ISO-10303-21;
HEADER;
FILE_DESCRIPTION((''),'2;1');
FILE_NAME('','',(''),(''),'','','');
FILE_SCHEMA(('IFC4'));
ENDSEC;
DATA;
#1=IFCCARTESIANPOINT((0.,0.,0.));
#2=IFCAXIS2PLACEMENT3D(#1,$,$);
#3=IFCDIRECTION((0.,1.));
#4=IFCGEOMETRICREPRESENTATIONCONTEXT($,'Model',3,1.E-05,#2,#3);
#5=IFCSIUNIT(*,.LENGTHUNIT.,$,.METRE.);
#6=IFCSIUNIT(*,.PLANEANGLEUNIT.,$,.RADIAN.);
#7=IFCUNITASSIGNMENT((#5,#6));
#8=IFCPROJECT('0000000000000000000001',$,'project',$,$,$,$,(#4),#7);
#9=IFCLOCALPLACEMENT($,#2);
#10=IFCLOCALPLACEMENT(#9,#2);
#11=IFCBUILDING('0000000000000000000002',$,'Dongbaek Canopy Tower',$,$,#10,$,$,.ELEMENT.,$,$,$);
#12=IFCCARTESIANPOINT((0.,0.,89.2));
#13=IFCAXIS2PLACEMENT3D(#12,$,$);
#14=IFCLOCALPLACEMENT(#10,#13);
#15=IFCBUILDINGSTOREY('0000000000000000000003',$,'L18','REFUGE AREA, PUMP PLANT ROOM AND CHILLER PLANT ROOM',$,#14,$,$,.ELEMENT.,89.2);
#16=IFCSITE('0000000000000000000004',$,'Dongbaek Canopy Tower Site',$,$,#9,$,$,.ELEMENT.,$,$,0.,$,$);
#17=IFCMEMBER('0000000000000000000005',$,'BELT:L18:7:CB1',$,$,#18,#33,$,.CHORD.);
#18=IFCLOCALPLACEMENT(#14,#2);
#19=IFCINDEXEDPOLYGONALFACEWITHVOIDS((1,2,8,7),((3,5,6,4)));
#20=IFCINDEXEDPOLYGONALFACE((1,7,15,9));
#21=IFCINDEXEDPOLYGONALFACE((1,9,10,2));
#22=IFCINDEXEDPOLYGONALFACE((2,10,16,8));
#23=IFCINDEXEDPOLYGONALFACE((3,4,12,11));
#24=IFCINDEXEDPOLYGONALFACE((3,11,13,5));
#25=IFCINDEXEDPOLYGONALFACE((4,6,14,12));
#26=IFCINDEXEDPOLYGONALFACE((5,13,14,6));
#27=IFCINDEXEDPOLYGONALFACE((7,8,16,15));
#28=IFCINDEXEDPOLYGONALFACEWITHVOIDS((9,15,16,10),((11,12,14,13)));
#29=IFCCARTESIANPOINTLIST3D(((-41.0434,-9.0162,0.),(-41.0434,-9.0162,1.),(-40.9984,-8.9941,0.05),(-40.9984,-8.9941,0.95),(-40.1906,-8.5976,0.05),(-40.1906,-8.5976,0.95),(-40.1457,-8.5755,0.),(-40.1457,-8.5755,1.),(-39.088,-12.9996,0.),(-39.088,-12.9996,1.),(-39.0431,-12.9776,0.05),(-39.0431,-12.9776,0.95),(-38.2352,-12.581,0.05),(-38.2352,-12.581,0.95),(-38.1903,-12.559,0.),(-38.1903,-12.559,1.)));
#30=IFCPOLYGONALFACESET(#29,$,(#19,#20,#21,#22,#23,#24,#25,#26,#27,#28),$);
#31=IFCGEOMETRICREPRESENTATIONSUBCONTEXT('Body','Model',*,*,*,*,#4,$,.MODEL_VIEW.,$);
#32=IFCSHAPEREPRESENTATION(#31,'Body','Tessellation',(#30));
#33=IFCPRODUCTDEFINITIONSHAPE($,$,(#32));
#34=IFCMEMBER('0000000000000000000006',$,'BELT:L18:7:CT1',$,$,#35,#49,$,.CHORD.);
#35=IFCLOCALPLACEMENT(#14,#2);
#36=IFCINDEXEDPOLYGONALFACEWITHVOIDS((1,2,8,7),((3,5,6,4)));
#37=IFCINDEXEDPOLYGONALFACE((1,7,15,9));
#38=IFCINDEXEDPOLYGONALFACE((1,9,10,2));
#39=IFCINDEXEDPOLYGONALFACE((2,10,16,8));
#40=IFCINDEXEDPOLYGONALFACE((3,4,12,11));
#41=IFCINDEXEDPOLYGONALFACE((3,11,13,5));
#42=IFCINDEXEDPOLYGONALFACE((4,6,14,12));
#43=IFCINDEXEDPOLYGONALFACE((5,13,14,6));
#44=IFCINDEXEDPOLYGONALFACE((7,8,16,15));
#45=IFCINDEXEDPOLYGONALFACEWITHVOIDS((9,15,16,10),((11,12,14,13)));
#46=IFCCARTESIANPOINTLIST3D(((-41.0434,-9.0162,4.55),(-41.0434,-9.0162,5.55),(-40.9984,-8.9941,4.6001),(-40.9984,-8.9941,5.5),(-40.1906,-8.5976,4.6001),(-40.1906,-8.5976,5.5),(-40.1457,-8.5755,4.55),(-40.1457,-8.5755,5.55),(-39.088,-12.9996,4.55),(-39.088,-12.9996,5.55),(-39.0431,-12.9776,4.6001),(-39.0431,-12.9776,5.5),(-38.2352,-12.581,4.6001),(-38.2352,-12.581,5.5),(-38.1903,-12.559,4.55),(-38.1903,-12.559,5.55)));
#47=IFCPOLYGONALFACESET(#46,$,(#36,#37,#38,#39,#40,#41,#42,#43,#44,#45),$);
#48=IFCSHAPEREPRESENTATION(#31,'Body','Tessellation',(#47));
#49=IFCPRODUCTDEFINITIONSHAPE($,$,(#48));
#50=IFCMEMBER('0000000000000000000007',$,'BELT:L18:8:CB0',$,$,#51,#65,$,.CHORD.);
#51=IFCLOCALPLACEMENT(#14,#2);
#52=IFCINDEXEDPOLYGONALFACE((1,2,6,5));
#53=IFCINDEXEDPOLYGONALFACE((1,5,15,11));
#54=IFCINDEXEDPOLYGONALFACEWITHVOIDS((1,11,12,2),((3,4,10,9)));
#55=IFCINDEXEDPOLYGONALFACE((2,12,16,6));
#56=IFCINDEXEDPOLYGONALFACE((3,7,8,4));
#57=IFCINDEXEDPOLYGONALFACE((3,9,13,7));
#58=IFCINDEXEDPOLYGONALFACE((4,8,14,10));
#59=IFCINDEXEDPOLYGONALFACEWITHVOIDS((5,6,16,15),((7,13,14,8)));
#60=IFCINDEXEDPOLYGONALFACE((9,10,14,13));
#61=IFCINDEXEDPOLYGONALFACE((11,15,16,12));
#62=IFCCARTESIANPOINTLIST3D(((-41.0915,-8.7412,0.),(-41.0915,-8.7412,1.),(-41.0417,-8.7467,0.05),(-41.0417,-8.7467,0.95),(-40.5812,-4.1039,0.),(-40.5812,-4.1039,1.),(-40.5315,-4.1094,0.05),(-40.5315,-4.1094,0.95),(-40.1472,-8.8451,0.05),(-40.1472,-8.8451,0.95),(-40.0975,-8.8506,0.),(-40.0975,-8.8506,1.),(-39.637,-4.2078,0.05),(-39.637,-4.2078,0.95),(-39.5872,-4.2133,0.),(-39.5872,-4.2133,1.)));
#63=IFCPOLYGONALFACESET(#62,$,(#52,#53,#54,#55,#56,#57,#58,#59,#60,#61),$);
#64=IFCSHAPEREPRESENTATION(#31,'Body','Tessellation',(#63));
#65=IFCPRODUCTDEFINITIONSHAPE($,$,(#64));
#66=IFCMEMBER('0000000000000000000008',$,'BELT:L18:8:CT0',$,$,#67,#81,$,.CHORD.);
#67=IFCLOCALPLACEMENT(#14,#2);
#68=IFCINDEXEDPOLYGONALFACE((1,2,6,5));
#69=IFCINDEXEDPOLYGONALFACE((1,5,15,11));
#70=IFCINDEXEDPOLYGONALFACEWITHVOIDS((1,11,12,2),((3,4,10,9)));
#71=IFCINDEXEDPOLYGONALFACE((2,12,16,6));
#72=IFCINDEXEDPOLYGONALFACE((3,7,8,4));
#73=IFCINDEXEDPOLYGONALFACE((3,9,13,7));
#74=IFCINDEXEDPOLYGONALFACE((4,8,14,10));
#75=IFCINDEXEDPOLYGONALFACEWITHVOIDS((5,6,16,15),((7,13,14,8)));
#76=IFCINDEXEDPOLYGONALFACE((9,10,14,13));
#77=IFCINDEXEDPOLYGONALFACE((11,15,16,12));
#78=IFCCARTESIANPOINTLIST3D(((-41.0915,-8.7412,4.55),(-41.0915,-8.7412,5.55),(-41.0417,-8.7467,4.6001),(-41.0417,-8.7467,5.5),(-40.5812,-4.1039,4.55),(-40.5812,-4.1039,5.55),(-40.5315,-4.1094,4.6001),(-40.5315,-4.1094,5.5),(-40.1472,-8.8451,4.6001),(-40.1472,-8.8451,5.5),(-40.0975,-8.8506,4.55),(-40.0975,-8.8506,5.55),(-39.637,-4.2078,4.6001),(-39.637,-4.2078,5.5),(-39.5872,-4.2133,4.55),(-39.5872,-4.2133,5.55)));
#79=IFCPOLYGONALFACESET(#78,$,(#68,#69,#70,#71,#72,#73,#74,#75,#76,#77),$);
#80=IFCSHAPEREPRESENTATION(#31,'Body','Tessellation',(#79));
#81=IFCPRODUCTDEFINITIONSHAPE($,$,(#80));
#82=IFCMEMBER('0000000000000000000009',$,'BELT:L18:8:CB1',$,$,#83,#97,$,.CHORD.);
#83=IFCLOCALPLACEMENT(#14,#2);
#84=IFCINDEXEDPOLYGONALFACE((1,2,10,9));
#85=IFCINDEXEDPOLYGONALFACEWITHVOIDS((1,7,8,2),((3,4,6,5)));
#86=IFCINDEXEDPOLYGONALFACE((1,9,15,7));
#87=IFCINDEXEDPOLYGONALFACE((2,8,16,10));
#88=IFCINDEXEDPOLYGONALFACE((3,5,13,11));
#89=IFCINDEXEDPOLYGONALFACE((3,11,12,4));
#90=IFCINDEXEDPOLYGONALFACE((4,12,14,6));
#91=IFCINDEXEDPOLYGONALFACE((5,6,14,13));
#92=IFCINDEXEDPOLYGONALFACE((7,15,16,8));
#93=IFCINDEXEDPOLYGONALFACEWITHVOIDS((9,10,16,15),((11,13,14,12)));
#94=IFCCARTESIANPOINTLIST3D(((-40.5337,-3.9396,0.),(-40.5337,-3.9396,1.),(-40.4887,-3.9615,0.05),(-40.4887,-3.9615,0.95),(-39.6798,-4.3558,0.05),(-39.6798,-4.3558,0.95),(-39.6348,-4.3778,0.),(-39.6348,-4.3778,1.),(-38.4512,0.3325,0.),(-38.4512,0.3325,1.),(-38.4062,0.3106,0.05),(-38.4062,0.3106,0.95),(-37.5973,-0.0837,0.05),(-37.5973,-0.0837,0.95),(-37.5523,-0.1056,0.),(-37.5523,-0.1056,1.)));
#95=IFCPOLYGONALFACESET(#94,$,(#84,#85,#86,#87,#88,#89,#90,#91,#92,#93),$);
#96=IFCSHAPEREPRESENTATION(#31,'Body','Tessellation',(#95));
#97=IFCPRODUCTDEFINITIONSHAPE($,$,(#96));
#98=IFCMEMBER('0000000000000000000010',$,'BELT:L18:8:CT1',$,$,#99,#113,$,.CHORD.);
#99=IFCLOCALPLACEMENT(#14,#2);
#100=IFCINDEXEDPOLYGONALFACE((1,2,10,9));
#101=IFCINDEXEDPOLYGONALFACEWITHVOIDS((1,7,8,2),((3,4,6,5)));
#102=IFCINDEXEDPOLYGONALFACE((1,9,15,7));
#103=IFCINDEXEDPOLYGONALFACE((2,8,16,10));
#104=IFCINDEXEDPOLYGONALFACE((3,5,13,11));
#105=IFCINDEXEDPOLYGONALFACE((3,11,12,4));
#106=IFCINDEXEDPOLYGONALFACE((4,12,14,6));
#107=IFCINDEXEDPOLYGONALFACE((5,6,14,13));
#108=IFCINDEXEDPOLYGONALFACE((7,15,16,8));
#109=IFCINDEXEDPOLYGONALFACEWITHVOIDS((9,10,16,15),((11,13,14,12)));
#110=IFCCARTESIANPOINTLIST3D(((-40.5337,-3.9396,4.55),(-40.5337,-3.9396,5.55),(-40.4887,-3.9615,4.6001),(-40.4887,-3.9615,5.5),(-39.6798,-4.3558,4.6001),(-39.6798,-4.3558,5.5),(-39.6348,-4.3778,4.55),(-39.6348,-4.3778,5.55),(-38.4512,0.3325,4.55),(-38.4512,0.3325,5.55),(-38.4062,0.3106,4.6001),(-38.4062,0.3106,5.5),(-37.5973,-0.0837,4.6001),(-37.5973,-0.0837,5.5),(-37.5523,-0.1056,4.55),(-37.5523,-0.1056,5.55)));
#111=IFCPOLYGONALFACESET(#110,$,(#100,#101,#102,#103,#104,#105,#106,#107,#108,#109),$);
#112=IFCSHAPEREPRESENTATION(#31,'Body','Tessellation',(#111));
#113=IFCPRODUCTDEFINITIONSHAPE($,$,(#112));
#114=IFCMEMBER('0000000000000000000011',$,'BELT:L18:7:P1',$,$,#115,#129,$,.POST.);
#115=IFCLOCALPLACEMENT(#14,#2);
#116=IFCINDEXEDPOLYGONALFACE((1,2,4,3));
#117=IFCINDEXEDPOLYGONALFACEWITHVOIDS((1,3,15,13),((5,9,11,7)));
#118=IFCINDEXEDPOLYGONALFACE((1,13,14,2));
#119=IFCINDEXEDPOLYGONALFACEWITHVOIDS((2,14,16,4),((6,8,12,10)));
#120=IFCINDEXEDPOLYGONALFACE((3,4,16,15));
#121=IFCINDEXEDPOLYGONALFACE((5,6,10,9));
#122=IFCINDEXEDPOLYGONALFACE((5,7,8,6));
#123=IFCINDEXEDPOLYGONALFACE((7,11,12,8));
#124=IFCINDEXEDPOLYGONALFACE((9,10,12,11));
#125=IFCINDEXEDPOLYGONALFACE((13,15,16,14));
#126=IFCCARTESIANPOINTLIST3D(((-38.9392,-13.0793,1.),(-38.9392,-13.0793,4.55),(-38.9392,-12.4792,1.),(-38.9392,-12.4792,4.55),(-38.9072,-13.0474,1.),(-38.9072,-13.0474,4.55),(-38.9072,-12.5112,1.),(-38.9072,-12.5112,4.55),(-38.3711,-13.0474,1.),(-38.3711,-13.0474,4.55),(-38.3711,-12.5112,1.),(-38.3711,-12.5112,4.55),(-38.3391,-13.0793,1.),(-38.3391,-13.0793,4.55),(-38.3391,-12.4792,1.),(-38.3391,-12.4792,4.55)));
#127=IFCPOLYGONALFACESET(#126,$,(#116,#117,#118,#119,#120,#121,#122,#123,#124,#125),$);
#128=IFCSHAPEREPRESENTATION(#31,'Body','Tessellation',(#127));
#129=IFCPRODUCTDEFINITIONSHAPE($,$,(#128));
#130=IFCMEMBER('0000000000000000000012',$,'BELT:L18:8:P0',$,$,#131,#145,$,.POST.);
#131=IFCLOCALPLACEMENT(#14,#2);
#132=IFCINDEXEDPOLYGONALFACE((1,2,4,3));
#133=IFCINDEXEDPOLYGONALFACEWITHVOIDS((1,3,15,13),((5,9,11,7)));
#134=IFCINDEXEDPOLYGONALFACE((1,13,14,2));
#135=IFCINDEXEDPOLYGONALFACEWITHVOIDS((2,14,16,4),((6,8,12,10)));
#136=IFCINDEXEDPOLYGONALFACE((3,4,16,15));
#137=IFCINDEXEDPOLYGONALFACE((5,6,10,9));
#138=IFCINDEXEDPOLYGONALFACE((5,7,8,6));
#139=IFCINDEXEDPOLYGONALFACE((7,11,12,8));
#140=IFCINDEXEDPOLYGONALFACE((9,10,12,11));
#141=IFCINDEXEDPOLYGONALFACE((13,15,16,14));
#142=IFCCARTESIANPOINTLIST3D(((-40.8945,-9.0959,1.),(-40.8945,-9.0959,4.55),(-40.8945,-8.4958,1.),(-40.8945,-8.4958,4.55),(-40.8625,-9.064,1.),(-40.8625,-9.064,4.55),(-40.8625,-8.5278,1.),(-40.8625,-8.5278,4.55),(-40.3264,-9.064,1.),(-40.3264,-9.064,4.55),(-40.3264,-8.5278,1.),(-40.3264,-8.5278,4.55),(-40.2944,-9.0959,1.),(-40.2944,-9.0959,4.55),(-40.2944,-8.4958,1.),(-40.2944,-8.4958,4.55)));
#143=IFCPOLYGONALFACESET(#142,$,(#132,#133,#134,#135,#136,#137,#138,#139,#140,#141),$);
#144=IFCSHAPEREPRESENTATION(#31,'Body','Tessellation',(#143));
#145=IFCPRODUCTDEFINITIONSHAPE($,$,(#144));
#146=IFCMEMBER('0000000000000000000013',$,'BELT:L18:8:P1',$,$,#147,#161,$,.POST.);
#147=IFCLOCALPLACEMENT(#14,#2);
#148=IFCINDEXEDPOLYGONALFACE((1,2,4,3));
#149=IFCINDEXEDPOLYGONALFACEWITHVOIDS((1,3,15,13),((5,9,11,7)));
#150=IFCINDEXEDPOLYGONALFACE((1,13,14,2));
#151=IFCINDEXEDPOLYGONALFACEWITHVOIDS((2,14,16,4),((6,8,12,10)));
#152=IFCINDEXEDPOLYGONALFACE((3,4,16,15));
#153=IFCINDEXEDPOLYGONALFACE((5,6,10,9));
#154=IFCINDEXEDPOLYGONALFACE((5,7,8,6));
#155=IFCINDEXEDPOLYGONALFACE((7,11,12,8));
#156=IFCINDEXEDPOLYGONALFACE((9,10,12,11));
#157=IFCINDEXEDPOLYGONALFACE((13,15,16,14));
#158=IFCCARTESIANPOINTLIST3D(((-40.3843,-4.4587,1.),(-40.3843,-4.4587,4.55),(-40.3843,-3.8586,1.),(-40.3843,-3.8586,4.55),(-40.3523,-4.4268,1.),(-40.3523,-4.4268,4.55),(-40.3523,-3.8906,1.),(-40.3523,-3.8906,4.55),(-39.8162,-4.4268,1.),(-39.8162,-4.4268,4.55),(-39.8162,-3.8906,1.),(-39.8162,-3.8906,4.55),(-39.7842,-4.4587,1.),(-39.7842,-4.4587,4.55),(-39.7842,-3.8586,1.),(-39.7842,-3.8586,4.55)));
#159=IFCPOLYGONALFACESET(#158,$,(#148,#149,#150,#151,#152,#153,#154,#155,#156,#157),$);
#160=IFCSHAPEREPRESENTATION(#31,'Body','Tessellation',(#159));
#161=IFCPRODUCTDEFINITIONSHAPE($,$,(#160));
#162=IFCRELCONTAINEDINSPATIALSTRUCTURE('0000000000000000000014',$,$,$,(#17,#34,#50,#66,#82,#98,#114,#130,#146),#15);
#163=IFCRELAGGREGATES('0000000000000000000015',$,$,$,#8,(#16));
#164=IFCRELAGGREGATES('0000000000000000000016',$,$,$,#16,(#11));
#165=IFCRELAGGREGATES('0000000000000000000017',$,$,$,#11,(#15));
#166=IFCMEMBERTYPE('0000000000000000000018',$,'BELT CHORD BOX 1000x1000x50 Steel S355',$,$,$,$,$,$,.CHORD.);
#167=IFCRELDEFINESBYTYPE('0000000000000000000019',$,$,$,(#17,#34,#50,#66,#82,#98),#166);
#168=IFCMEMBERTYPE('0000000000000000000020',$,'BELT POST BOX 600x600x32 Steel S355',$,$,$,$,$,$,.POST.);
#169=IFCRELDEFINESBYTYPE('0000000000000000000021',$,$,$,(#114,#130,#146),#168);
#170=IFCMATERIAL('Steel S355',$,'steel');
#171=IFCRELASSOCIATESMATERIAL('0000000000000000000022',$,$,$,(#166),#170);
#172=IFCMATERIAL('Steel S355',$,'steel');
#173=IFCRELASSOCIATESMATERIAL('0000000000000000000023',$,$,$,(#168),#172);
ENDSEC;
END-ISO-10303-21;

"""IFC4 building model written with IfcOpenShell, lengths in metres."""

from ifc_helpers import new_model, si_unit, direction, frame, origin, origin_2d, place, context, subcontext, project, spatial, hollow_rectangle, extrude, material, material_profile, profile_set, type_object, element, save


model = new_model("IFC4")

# Units and contexts
model_context = context("Model", 3, precision=1e-05, world=origin(), true_north=direction((0.0, 1.0)))
body_context = subcontext(model_context, "Body", "Model", "MODEL_VIEW")
ifc_project = project(units=[si_unit("LENGTHUNIT", "METRE"), si_unit("PLANEANGLEUNIT", "RADIAN")], contexts=[model_context])

# Site, building, storey
site_placement = place(None, origin())
site = spatial("IfcSite", under=ifc_project, at=site_placement, Name="Dongbaek Canopy Tower Site", CompositionType="ELEMENT", RefElevation=0.0)
building_placement = place(site_placement, origin())
building = spatial("IfcBuilding", under=site, at=building_placement, Name="Dongbaek Canopy Tower", CompositionType="ELEMENT")
storey_placement = place(building_placement, frame((0.0, 0.0, 89.2)))
storey = spatial("IfcBuildingStorey", under=building, at=storey_placement, Name="L18", Description="REFUGE AREA, PUMP PLANT ROOM AND CHILLER PLANT ROOM", CompositionType="ELEMENT", Elevation=89.2)

# Members
ifc_material_1 = material(Name="Steel S355", Category="steel")
ifc_material_profile_1 = material_profile(ifc_material_1, hollow_rectangle(XDim=1.0, YDim=1.0, WallThickness=0.05, at=origin_2d()), Name="BELT CHORD BOX 1000x1000x50 Steel S355")
ifc_profile_set_1 = profile_set([ifc_material_profile_1], Name="Steel S355")
member_type_1 = type_object("IfcMemberType", Name="BELT CHORD BOX 1000x1000x50 Steel S355", PredefinedType="CHORD", material=ifc_profile_set_1)
for number, where, z_axis, x_axis, name in (
    (1, (-38.6392, -12.7793, 0.5), (-0.440643, 0.897682, 0.0), (-0.897682, -0.440643, 0.0), "BELT:L18:7:CB1"),
    (2, (-38.6392, -12.7793, 5.05), (-0.440643, 0.897682, 0.0), (-0.897682, -0.440643, 0.0), "BELT:L18:7:CT1"),
):
    element("IfcMember", number, at=place(storey_placement, frame(where, z_axis=z_axis, x_axis=x_axis)), inside=storey, type_object=member_type_1, Name=name, PredefinedType="CHORD", context=body_context, shape_type="SweptSolid", body=[
        extrude(hollow_rectangle(XDim=1.0, YDim=1.0, WallThickness=0.05, at=origin_2d()), origin(), (0.0, 0.0, 1.0), 4.4375),
    ])
for number, where, z_axis, x_axis, name in (
    (3, (-40.5945, -8.7959, 0.5), (0.109375, 0.994001, 0.0), (-0.994001, 0.109375, 0.0), "BELT:L18:8:CB0"),
    (4, (-40.5945, -8.7959, 5.05), (0.109375, 0.994001, 0.0), (-0.994001, 0.109375, 0.0), "BELT:L18:8:CT0"),
):
    element("IfcMember", number, at=place(storey_placement, frame(where, z_axis=z_axis, x_axis=x_axis)), inside=storey, type_object=member_type_1, Name=name, PredefinedType="CHORD", context=body_context, shape_type="SweptSolid", body=[
        extrude(hollow_rectangle(XDim=1.0, YDim=1.0, WallThickness=0.05, at=origin_2d()), origin(), (0.0, 0.0, 1.0), 4.6653),
    ])
for number, where, z_axis, x_axis, name in (
    (5, (-40.0842, -4.1587, 0.5), (0.438171, 0.898892, 0.0), (-0.898892, 0.438171, 0.0), "BELT:L18:8:CB1"),
    (6, (-40.0842, -4.1587, 5.05), (0.438171, 0.898892, 0.0), (-0.898892, 0.438171, 0.0), "BELT:L18:8:CT1"),
):
    element("IfcMember", number, at=place(storey_placement, frame(where, z_axis=z_axis, x_axis=x_axis)), inside=storey, type_object=member_type_1, Name=name, PredefinedType="CHORD", context=body_context, shape_type="SweptSolid", body=[
        extrude(hollow_rectangle(XDim=1.0, YDim=1.0, WallThickness=0.05, at=origin_2d()), origin(), (0.0, 0.0, 1.0), 4.7527),
    ])
ifc_material_2 = material(Name="Steel S355", Category="steel")
ifc_material_profile_2 = material_profile(ifc_material_2, hollow_rectangle(XDim=0.6001, YDim=0.6001, WallThickness=0.032, at=origin_2d()), Name="BELT POST BOX 600x600x32 Steel S355")
ifc_profile_set_2 = profile_set([ifc_material_profile_2], Name="Steel S355")
member_type_2 = type_object("IfcMemberType", Name="BELT POST BOX 600x600x32 Steel S355", PredefinedType="POST", material=ifc_profile_set_2)
for number, where, z_axis, x_axis, name in (
    (7, (-38.6392, -12.7793, 1.0), (0.0, 0.0, 1.0), (1.0, 0.0, 0.0), "BELT:L18:7:P1"),
    (8, (-40.5945, -8.7959, 1.0), (0.0, 0.0, 1.0), (1.0, 0.0, 0.0), "BELT:L18:8:P0"),
    (9, (-40.0842, -4.1587, 1.0), (0.0, 0.0, 1.0), (1.0, 0.0, 0.0), "BELT:L18:8:P1"),
):
    element("IfcMember", number, at=place(storey_placement, frame(where, z_axis=z_axis, x_axis=x_axis)), inside=storey, type_object=member_type_2, Name=name, PredefinedType="POST", context=body_context, shape_type="SweptSolid", body=[
        extrude(hollow_rectangle(XDim=0.6001, YDim=0.6001, WallThickness=0.032, at=origin_2d()), origin(), (0.0, 0.0, 1.0), 3.55),
    ])

save(model, "model.ifc")
